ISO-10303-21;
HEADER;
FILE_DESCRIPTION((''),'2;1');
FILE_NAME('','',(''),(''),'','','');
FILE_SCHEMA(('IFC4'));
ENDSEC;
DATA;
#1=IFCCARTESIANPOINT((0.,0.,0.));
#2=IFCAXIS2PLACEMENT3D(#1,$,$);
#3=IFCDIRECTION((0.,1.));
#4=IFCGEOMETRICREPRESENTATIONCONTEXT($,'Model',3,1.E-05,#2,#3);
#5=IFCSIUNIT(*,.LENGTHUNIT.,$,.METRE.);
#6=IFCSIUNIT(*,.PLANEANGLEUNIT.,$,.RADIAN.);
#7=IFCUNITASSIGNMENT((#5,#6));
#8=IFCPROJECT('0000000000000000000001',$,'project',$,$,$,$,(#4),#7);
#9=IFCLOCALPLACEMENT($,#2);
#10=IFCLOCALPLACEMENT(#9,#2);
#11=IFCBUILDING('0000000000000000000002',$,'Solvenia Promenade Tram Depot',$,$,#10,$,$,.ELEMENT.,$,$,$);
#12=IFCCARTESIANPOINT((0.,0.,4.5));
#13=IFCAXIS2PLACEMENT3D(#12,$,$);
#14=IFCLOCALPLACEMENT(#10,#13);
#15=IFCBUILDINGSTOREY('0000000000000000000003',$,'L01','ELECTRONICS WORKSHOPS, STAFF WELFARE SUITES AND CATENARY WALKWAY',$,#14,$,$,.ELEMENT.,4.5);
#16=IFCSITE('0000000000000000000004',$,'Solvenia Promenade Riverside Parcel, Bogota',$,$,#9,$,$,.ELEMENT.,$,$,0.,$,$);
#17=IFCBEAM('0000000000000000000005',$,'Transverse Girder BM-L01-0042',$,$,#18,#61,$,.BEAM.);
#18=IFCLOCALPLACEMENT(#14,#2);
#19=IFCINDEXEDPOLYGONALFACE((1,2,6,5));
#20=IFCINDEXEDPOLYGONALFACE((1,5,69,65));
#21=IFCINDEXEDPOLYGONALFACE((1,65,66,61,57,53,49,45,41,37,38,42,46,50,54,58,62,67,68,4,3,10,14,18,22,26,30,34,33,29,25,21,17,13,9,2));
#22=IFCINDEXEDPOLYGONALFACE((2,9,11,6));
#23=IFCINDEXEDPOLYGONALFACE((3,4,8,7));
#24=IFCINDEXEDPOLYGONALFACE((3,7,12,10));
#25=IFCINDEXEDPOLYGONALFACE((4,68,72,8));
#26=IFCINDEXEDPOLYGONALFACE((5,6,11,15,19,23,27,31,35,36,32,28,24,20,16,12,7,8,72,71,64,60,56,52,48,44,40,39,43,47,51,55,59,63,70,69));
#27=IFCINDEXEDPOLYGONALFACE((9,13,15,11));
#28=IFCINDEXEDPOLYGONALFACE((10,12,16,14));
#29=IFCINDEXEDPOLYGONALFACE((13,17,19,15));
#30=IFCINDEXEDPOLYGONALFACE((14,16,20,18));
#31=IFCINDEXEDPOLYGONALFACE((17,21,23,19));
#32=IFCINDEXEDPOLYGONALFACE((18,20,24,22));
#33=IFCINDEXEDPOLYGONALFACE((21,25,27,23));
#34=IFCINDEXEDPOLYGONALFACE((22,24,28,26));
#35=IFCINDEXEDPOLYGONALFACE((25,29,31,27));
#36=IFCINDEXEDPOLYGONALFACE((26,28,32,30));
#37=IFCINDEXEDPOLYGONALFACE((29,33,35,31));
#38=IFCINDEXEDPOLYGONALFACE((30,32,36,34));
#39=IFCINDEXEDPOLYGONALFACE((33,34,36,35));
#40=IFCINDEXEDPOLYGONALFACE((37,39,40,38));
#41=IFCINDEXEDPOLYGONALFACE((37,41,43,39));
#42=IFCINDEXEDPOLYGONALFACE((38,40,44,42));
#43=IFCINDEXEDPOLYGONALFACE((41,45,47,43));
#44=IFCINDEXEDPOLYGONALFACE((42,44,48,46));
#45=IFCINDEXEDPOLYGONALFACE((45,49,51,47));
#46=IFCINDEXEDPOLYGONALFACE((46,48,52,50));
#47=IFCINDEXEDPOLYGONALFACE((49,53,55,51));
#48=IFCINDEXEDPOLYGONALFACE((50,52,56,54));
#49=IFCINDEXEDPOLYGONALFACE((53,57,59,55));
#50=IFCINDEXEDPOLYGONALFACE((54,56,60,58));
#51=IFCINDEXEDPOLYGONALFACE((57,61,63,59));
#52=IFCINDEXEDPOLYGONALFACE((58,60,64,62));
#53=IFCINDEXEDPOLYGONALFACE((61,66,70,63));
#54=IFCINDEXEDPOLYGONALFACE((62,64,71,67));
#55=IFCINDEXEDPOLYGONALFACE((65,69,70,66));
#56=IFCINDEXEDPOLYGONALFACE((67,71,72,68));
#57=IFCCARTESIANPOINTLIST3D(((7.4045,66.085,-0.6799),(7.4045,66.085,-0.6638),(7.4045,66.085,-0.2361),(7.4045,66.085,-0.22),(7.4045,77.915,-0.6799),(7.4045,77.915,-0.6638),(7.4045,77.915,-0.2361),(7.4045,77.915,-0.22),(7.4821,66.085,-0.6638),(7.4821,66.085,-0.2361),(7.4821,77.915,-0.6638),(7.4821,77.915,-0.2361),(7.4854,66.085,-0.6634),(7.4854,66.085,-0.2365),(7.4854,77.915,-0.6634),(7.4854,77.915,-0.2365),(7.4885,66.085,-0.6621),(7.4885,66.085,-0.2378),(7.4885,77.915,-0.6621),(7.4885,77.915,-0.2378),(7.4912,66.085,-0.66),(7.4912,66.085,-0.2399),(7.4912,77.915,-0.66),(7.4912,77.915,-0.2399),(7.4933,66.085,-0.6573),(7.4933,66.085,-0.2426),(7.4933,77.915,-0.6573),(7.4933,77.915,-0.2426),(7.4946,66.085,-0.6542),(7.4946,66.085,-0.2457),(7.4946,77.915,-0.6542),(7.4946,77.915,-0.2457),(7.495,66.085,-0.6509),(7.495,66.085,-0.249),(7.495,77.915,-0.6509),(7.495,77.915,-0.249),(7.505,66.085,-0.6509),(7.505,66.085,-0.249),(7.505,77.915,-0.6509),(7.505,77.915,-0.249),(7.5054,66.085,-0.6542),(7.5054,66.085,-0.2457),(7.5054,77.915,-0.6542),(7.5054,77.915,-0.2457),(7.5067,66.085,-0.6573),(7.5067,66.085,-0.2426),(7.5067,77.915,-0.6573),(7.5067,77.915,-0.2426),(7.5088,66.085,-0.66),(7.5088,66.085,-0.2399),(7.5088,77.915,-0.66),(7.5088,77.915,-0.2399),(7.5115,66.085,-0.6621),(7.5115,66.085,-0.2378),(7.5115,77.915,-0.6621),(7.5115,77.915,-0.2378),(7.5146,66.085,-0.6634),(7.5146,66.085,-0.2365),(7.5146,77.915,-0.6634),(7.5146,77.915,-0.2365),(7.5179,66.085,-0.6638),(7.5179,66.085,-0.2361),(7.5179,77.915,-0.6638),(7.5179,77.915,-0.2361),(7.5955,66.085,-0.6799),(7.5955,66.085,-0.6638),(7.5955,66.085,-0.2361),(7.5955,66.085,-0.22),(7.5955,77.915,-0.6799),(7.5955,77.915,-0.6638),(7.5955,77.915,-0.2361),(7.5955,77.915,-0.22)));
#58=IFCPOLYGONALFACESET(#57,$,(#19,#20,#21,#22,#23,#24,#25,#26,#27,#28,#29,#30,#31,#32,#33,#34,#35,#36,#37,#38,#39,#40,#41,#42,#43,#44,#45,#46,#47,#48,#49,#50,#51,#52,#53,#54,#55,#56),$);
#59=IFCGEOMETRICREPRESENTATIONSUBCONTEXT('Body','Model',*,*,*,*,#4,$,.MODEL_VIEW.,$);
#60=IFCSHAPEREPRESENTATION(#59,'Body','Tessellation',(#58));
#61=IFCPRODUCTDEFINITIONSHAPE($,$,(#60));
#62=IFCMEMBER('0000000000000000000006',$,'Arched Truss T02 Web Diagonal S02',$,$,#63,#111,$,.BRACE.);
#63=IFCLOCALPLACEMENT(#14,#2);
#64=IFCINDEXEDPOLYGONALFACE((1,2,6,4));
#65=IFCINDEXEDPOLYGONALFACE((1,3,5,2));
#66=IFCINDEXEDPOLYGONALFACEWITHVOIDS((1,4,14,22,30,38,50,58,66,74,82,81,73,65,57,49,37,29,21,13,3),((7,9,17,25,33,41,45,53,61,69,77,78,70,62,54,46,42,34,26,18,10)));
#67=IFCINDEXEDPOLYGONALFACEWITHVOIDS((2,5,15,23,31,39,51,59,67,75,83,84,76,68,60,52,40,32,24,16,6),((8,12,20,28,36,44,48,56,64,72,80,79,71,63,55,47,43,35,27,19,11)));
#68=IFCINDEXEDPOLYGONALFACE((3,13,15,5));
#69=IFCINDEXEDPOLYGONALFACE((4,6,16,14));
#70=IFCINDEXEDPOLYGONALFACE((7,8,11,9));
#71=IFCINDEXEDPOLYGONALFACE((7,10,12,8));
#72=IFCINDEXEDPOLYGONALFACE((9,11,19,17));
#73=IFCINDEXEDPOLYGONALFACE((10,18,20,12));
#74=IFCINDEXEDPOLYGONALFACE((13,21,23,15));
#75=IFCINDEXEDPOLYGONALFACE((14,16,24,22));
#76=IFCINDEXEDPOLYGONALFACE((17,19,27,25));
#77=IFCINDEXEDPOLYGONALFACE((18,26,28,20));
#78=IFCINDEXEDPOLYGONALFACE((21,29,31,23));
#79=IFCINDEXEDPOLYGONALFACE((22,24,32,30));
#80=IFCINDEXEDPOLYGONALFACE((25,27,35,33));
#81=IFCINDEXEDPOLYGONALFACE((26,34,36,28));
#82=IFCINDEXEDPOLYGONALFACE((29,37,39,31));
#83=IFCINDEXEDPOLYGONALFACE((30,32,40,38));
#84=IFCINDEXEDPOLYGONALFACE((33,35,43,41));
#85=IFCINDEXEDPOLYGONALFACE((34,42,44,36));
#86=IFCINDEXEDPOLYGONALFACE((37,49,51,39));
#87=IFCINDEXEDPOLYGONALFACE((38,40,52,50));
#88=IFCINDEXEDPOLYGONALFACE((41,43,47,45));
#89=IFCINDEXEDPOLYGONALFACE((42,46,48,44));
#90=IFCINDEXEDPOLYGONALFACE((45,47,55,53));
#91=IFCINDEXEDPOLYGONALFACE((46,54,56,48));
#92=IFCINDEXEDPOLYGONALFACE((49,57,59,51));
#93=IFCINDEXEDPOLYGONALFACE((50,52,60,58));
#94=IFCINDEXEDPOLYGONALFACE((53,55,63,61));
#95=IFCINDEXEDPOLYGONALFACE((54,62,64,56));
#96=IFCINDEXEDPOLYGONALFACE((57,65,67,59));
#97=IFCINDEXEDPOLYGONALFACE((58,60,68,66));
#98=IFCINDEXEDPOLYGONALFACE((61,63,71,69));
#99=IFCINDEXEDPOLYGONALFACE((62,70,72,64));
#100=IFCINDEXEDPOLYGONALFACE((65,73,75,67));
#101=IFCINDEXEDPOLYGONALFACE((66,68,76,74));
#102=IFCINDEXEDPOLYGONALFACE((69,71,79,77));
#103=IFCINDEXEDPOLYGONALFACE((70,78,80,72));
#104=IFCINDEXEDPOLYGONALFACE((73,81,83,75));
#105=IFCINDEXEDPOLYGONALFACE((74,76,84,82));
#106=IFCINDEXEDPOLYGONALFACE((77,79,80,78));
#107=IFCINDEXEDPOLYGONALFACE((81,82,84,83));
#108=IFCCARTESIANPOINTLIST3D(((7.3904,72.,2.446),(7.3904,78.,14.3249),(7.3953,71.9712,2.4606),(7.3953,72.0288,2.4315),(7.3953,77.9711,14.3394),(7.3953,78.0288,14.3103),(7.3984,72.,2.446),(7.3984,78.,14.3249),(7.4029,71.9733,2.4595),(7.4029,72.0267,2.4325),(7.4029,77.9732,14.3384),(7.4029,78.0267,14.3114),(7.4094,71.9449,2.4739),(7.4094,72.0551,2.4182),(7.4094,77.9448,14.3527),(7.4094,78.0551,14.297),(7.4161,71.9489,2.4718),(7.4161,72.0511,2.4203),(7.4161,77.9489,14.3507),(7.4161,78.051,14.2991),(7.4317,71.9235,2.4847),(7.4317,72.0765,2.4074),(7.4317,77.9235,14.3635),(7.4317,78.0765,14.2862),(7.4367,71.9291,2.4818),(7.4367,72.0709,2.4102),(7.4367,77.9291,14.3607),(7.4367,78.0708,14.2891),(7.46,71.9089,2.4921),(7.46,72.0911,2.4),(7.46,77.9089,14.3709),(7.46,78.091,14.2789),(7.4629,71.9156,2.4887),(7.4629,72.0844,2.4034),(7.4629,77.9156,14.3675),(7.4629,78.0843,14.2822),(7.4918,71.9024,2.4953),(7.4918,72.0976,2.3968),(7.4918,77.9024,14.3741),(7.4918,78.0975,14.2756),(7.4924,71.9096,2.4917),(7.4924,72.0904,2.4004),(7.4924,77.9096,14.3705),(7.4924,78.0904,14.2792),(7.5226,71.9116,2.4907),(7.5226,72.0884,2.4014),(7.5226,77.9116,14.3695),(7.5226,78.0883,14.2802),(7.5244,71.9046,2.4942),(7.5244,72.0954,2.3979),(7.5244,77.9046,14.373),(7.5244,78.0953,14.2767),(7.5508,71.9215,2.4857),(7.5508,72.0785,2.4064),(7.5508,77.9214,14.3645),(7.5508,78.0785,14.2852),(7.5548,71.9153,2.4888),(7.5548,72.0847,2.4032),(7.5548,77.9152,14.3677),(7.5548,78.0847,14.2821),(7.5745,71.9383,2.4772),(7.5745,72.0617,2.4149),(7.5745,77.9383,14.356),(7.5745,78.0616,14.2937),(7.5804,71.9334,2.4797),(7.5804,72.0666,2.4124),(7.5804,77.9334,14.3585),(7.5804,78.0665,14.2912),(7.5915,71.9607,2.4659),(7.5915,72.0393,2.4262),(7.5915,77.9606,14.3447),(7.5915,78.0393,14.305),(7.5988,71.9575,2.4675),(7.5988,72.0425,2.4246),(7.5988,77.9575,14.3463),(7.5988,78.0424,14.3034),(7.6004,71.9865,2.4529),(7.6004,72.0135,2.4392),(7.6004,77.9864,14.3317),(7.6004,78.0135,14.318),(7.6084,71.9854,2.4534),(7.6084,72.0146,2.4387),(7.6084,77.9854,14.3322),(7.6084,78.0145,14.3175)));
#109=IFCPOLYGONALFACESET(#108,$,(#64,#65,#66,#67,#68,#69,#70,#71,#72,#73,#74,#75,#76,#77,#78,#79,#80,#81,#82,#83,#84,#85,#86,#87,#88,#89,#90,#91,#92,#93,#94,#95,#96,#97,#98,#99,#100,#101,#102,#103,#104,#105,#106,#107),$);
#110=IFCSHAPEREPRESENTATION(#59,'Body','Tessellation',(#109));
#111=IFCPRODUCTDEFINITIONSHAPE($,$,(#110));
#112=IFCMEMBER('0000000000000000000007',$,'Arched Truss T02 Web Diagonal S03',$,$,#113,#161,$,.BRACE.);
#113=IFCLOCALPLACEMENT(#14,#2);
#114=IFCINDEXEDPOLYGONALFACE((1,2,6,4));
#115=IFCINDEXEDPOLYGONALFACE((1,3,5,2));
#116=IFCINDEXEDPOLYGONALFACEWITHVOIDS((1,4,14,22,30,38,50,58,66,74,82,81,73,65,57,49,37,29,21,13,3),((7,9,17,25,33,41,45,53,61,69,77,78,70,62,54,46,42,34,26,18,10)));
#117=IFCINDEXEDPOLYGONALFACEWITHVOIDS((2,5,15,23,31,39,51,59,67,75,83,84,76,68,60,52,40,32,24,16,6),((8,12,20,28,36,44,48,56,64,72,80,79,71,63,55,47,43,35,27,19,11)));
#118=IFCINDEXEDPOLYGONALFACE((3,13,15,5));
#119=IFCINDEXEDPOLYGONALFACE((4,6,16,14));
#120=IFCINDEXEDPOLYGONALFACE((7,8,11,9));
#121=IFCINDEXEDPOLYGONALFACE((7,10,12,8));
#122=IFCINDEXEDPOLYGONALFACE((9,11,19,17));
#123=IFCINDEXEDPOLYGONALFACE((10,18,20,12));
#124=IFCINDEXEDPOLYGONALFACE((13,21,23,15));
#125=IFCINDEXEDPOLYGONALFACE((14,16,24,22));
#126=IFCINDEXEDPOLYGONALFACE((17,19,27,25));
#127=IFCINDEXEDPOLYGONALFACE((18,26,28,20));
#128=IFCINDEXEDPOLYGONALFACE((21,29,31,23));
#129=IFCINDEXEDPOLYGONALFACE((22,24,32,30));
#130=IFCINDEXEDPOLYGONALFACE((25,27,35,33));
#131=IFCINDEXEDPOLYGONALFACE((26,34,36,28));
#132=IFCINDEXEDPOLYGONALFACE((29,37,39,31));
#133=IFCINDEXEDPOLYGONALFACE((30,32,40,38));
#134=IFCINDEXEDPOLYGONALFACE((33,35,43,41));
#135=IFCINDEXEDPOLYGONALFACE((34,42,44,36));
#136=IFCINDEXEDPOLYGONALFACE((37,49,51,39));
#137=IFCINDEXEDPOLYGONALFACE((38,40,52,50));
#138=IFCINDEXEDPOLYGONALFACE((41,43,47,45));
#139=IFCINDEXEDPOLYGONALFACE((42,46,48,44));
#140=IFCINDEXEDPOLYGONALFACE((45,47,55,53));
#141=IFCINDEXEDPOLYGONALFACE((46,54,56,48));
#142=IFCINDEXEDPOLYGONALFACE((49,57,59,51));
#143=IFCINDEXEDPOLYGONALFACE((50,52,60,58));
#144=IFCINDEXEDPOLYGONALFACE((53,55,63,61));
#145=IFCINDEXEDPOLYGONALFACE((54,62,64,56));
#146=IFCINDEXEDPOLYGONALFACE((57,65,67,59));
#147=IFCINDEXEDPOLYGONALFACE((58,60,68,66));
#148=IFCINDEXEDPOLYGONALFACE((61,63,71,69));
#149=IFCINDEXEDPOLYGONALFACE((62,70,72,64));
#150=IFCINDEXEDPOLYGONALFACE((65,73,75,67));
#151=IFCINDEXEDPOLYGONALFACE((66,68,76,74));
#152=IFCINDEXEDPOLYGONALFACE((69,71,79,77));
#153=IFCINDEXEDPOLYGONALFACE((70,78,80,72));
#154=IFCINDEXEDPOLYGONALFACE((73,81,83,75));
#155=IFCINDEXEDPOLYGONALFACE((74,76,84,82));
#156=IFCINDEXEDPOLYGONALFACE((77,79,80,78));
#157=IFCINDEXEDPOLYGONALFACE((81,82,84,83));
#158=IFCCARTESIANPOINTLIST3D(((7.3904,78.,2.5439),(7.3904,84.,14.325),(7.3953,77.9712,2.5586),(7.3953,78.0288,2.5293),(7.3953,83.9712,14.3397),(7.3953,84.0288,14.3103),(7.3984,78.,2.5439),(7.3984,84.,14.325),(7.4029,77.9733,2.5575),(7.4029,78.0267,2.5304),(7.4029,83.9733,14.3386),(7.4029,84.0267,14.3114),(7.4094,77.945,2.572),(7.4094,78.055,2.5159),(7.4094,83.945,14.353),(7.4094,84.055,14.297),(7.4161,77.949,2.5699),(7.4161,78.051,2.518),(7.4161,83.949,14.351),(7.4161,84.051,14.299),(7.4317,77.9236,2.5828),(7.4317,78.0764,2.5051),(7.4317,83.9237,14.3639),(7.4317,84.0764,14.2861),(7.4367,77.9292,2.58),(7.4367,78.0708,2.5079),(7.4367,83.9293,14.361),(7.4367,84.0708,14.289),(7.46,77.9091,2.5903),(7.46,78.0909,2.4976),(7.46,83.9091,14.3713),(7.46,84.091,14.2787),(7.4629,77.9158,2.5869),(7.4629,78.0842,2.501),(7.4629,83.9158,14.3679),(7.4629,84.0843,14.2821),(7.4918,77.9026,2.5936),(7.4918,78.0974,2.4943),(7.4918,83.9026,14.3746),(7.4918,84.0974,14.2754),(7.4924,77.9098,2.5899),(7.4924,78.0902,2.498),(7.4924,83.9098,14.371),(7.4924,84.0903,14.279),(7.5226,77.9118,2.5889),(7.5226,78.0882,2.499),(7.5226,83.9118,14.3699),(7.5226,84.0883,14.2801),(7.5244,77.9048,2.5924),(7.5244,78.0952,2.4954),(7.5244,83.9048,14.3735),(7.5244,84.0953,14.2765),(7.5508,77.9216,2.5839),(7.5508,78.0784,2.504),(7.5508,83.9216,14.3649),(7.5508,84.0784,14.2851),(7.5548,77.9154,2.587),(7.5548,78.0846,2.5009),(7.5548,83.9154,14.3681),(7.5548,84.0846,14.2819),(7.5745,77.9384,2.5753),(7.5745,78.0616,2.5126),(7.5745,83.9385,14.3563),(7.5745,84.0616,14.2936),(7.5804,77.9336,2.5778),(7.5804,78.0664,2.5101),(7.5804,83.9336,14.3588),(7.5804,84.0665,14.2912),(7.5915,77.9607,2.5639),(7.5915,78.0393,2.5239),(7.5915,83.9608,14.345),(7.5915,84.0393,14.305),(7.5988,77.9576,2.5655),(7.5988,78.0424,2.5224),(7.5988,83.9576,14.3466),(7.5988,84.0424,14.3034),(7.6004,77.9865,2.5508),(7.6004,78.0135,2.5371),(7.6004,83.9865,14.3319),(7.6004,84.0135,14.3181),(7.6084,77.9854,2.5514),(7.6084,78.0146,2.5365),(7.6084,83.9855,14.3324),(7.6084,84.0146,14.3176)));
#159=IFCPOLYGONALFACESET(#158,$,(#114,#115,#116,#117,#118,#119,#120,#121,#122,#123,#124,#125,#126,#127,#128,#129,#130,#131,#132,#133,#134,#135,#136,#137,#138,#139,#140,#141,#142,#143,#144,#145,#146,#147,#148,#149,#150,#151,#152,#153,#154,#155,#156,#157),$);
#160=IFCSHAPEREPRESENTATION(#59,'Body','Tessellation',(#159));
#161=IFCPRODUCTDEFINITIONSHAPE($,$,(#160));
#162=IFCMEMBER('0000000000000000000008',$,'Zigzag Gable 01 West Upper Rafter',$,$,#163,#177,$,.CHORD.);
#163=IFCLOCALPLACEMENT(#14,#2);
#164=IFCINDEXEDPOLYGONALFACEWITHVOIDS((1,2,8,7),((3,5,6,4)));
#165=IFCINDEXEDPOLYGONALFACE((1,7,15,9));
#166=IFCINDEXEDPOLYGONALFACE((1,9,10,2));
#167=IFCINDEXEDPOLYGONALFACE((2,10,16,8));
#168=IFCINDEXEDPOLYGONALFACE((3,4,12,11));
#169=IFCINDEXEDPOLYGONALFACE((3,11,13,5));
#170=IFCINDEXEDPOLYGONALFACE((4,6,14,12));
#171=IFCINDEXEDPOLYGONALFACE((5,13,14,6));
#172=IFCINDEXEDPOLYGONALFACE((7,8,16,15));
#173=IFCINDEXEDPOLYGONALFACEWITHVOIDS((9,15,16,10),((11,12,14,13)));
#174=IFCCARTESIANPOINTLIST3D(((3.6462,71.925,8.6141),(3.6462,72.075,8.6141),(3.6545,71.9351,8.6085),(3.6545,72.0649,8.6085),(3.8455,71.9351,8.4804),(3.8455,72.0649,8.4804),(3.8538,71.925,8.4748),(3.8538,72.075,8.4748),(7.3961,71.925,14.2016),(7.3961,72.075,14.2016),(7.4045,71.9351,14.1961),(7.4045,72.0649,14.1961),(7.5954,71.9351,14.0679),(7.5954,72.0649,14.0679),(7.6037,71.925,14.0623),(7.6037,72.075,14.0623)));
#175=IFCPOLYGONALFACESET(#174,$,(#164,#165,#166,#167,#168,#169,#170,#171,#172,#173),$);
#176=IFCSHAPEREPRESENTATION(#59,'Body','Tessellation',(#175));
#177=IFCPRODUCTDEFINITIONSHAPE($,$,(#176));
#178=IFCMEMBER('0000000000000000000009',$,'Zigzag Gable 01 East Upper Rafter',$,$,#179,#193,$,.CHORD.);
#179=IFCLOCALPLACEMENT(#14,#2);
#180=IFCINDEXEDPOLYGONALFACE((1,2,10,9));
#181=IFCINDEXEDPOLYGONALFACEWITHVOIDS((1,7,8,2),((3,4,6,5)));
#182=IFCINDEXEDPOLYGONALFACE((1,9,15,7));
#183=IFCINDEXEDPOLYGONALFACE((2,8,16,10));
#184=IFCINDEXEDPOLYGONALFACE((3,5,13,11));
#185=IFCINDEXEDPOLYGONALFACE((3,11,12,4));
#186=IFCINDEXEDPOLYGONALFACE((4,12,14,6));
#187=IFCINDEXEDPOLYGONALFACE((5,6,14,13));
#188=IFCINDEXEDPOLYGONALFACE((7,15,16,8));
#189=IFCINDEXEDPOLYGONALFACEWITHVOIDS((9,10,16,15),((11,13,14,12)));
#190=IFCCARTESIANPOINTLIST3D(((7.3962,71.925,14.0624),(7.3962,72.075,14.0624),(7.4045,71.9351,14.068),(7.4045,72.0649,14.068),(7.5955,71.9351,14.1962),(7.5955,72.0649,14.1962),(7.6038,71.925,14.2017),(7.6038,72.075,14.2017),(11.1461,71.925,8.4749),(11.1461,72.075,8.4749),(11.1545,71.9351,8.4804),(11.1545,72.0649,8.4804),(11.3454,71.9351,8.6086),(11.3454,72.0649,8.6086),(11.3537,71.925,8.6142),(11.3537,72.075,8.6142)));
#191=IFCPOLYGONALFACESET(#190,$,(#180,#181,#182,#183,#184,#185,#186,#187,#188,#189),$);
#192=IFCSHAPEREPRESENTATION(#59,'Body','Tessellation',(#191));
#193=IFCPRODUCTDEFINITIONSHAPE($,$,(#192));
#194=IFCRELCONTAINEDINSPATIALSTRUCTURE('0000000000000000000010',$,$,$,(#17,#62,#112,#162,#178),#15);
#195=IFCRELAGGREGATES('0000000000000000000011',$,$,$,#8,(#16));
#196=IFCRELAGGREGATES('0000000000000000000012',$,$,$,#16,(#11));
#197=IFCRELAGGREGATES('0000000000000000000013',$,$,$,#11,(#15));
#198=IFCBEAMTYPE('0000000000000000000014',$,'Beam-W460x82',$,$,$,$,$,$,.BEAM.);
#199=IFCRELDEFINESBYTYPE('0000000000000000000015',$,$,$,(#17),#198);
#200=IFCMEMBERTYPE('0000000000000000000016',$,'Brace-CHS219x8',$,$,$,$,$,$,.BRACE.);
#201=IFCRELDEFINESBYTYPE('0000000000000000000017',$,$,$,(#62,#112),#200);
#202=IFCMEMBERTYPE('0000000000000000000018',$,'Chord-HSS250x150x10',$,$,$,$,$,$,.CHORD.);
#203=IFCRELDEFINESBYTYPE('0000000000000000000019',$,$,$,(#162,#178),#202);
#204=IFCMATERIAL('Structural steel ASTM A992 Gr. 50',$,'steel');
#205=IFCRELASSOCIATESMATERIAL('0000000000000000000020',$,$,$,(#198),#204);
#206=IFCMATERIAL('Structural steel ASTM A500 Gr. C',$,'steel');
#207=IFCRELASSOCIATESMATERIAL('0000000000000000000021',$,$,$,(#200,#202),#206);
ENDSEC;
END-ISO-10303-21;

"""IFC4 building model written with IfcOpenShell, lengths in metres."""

from ifc_helpers import new_model, si_unit, direction, frame, origin, origin_2d, place, context, subcontext, project, spatial, hollow_rectangle, hollow_circle, i_section, extrude, material, material_profile, profile_set, type_object, element, save


model = new_model("IFC4")

# Units and contexts
model_context = context("Model", 3, precision=1e-05, world=origin(), true_north=direction((0.0, 1.0)))
body_context = subcontext(model_context, "Body", "Model", "MODEL_VIEW")
ifc_project = project(units=[si_unit("LENGTHUNIT", "METRE"), si_unit("PLANEANGLEUNIT", "RADIAN")], contexts=[model_context])

# Site, building, storey
site_placement = place(None, origin())
site = spatial("IfcSite", under=ifc_project, at=site_placement, Name="Solvenia Promenade Riverside Parcel, Bogota", CompositionType="ELEMENT", RefElevation=0.0)
building_placement = place(site_placement, origin())
building = spatial("IfcBuilding", under=site, at=building_placement, Name="Solvenia Promenade Tram Depot", CompositionType="ELEMENT")
storey_placement = place(building_placement, frame((0.0, 0.0, 4.5)))
storey = spatial("IfcBuildingStorey", under=building, at=storey_placement, Name="L01", Description="ELECTRONICS WORKSHOPS, STAFF WELFARE SUITES AND CATENARY WALKWAY", CompositionType="ELEMENT", Elevation=4.5)

# Beam
ifc_material_1 = material(Name="Structural steel ASTM A992 Gr. 50", Category="steel")
ifc_material_profile_1 = material_profile(ifc_material_1, i_section(OverallWidth=0.1909, OverallDepth=0.46, WebThickness=0.01, FlangeThickness=0.0161, FilletRadius=0.0129, at=origin_2d()), Name="W460x82", Category="steel")
ifc_profile_set_1 = profile_set([ifc_material_profile_1], Name="Structural steel ASTM A992 Gr. 50")
beam_type_1 = type_object("IfcBeamType", Name="Beam-W460x82", PredefinedType="BEAM", material=ifc_profile_set_1)
beam_1_placement = place(storey_placement, frame((7.5, 66.085, -0.45), z_axis=(0.0, 1.0, 0.0), x_axis=(-1.0, 0.0, 0.0)))
element("IfcBeam", 1, at=beam_1_placement, inside=storey, type_object=beam_type_1, Name="Transverse Girder BM-L01-0042", PredefinedType="BEAM", context=body_context, shape_type="SweptSolid", body=[
    extrude(i_section(OverallWidth=0.1909, OverallDepth=0.46, WebThickness=0.01, FlangeThickness=0.0161, FilletRadius=0.0129, at=origin_2d()), origin(), (0.0, 0.0, 1.0), 11.8301),
])

# Members
ifc_material_2 = material(Name="Structural steel ASTM A500 Gr. C", Category="steel")
ifc_material_profile_2 = material_profile(ifc_material_2, hollow_circle(Radius=0.1096, WallThickness=0.0081, at=origin_2d()), Name="CHS219.1x8", Category="steel")
ifc_profile_set_2 = profile_set([ifc_material_profile_2], Name="Structural steel ASTM A500 Gr. C")
member_type_1 = type_object("IfcMemberType", Name="Brace-CHS219x8", PredefinedType="BRACE", material=ifc_profile_set_2)
member_1_placement = place(storey_placement, frame((7.5, 72.0, 2.446), z_axis=(0.0, 0.45085, 0.8926), x_axis=(-1.0, 0.0, 0.0)))
element("IfcMember", 2, at=member_1_placement, inside=storey, type_object=member_type_1, Name="Arched Truss T02 Web Diagonal S02", PredefinedType="BRACE", context=body_context, shape_type="SweptSolid", body=[
    extrude(hollow_circle(Radius=0.1096, WallThickness=0.0081, at=origin_2d()), origin(), (0.0, 0.0, 1.0), 13.3081),
])
member_2_placement = place(storey_placement, frame((7.5, 78.0, 2.5439), z_axis=(0.0, 0.453827, 0.89109), x_axis=(-1.0, 0.0, 0.0)))
element("IfcMember", 3, at=member_2_placement, inside=storey, type_object=member_type_1, Name="Arched Truss T02 Web Diagonal S03", PredefinedType="BRACE", context=body_context, shape_type="SweptSolid", body=[
    extrude(hollow_circle(Radius=0.1096, WallThickness=0.0081, at=origin_2d()), origin(), (0.0, 0.0, 1.0), 13.2209),
])
ifc_material_profile_3 = material_profile(ifc_material_2, hollow_rectangle(XDim=0.1499, YDim=0.25, WallThickness=0.01, at=origin_2d()), Name="HSS250x150x10", Category="steel")
ifc_profile_set_3 = profile_set([ifc_material_profile_3], Name="Structural steel ASTM A500 Gr. C")
member_type_2 = type_object("IfcMemberType", Name="Chord-HSS250x150x10", PredefinedType="CHORD", material=ifc_profile_set_3)
for number, where, z_axis, x_axis, name in (
    (4, (3.75, 72.0, 8.5444), (0.557259, 0.0, 0.830338), (0.0, 1.0, 0.0), "Zigzag Gable 01 West Upper Rafter"),
    (5, (7.5, 72.0, 14.1321), (0.557259, 0.0, -0.830338), (0.0, 1.0, 0.0), "Zigzag Gable 01 East Upper Rafter"),
):
    element("IfcMember", number, at=place(storey_placement, frame(where, z_axis=z_axis, x_axis=x_axis)), inside=storey, type_object=member_type_2, Name=name, PredefinedType="CHORD", context=body_context, shape_type="SweptSolid", body=[
        extrude(hollow_rectangle(XDim=0.1499, YDim=0.25, WallThickness=0.01, at=origin_2d()), origin(), (0.0, 0.0, 1.0), 6.7292),
    ])

save(model, "model.ifc")
